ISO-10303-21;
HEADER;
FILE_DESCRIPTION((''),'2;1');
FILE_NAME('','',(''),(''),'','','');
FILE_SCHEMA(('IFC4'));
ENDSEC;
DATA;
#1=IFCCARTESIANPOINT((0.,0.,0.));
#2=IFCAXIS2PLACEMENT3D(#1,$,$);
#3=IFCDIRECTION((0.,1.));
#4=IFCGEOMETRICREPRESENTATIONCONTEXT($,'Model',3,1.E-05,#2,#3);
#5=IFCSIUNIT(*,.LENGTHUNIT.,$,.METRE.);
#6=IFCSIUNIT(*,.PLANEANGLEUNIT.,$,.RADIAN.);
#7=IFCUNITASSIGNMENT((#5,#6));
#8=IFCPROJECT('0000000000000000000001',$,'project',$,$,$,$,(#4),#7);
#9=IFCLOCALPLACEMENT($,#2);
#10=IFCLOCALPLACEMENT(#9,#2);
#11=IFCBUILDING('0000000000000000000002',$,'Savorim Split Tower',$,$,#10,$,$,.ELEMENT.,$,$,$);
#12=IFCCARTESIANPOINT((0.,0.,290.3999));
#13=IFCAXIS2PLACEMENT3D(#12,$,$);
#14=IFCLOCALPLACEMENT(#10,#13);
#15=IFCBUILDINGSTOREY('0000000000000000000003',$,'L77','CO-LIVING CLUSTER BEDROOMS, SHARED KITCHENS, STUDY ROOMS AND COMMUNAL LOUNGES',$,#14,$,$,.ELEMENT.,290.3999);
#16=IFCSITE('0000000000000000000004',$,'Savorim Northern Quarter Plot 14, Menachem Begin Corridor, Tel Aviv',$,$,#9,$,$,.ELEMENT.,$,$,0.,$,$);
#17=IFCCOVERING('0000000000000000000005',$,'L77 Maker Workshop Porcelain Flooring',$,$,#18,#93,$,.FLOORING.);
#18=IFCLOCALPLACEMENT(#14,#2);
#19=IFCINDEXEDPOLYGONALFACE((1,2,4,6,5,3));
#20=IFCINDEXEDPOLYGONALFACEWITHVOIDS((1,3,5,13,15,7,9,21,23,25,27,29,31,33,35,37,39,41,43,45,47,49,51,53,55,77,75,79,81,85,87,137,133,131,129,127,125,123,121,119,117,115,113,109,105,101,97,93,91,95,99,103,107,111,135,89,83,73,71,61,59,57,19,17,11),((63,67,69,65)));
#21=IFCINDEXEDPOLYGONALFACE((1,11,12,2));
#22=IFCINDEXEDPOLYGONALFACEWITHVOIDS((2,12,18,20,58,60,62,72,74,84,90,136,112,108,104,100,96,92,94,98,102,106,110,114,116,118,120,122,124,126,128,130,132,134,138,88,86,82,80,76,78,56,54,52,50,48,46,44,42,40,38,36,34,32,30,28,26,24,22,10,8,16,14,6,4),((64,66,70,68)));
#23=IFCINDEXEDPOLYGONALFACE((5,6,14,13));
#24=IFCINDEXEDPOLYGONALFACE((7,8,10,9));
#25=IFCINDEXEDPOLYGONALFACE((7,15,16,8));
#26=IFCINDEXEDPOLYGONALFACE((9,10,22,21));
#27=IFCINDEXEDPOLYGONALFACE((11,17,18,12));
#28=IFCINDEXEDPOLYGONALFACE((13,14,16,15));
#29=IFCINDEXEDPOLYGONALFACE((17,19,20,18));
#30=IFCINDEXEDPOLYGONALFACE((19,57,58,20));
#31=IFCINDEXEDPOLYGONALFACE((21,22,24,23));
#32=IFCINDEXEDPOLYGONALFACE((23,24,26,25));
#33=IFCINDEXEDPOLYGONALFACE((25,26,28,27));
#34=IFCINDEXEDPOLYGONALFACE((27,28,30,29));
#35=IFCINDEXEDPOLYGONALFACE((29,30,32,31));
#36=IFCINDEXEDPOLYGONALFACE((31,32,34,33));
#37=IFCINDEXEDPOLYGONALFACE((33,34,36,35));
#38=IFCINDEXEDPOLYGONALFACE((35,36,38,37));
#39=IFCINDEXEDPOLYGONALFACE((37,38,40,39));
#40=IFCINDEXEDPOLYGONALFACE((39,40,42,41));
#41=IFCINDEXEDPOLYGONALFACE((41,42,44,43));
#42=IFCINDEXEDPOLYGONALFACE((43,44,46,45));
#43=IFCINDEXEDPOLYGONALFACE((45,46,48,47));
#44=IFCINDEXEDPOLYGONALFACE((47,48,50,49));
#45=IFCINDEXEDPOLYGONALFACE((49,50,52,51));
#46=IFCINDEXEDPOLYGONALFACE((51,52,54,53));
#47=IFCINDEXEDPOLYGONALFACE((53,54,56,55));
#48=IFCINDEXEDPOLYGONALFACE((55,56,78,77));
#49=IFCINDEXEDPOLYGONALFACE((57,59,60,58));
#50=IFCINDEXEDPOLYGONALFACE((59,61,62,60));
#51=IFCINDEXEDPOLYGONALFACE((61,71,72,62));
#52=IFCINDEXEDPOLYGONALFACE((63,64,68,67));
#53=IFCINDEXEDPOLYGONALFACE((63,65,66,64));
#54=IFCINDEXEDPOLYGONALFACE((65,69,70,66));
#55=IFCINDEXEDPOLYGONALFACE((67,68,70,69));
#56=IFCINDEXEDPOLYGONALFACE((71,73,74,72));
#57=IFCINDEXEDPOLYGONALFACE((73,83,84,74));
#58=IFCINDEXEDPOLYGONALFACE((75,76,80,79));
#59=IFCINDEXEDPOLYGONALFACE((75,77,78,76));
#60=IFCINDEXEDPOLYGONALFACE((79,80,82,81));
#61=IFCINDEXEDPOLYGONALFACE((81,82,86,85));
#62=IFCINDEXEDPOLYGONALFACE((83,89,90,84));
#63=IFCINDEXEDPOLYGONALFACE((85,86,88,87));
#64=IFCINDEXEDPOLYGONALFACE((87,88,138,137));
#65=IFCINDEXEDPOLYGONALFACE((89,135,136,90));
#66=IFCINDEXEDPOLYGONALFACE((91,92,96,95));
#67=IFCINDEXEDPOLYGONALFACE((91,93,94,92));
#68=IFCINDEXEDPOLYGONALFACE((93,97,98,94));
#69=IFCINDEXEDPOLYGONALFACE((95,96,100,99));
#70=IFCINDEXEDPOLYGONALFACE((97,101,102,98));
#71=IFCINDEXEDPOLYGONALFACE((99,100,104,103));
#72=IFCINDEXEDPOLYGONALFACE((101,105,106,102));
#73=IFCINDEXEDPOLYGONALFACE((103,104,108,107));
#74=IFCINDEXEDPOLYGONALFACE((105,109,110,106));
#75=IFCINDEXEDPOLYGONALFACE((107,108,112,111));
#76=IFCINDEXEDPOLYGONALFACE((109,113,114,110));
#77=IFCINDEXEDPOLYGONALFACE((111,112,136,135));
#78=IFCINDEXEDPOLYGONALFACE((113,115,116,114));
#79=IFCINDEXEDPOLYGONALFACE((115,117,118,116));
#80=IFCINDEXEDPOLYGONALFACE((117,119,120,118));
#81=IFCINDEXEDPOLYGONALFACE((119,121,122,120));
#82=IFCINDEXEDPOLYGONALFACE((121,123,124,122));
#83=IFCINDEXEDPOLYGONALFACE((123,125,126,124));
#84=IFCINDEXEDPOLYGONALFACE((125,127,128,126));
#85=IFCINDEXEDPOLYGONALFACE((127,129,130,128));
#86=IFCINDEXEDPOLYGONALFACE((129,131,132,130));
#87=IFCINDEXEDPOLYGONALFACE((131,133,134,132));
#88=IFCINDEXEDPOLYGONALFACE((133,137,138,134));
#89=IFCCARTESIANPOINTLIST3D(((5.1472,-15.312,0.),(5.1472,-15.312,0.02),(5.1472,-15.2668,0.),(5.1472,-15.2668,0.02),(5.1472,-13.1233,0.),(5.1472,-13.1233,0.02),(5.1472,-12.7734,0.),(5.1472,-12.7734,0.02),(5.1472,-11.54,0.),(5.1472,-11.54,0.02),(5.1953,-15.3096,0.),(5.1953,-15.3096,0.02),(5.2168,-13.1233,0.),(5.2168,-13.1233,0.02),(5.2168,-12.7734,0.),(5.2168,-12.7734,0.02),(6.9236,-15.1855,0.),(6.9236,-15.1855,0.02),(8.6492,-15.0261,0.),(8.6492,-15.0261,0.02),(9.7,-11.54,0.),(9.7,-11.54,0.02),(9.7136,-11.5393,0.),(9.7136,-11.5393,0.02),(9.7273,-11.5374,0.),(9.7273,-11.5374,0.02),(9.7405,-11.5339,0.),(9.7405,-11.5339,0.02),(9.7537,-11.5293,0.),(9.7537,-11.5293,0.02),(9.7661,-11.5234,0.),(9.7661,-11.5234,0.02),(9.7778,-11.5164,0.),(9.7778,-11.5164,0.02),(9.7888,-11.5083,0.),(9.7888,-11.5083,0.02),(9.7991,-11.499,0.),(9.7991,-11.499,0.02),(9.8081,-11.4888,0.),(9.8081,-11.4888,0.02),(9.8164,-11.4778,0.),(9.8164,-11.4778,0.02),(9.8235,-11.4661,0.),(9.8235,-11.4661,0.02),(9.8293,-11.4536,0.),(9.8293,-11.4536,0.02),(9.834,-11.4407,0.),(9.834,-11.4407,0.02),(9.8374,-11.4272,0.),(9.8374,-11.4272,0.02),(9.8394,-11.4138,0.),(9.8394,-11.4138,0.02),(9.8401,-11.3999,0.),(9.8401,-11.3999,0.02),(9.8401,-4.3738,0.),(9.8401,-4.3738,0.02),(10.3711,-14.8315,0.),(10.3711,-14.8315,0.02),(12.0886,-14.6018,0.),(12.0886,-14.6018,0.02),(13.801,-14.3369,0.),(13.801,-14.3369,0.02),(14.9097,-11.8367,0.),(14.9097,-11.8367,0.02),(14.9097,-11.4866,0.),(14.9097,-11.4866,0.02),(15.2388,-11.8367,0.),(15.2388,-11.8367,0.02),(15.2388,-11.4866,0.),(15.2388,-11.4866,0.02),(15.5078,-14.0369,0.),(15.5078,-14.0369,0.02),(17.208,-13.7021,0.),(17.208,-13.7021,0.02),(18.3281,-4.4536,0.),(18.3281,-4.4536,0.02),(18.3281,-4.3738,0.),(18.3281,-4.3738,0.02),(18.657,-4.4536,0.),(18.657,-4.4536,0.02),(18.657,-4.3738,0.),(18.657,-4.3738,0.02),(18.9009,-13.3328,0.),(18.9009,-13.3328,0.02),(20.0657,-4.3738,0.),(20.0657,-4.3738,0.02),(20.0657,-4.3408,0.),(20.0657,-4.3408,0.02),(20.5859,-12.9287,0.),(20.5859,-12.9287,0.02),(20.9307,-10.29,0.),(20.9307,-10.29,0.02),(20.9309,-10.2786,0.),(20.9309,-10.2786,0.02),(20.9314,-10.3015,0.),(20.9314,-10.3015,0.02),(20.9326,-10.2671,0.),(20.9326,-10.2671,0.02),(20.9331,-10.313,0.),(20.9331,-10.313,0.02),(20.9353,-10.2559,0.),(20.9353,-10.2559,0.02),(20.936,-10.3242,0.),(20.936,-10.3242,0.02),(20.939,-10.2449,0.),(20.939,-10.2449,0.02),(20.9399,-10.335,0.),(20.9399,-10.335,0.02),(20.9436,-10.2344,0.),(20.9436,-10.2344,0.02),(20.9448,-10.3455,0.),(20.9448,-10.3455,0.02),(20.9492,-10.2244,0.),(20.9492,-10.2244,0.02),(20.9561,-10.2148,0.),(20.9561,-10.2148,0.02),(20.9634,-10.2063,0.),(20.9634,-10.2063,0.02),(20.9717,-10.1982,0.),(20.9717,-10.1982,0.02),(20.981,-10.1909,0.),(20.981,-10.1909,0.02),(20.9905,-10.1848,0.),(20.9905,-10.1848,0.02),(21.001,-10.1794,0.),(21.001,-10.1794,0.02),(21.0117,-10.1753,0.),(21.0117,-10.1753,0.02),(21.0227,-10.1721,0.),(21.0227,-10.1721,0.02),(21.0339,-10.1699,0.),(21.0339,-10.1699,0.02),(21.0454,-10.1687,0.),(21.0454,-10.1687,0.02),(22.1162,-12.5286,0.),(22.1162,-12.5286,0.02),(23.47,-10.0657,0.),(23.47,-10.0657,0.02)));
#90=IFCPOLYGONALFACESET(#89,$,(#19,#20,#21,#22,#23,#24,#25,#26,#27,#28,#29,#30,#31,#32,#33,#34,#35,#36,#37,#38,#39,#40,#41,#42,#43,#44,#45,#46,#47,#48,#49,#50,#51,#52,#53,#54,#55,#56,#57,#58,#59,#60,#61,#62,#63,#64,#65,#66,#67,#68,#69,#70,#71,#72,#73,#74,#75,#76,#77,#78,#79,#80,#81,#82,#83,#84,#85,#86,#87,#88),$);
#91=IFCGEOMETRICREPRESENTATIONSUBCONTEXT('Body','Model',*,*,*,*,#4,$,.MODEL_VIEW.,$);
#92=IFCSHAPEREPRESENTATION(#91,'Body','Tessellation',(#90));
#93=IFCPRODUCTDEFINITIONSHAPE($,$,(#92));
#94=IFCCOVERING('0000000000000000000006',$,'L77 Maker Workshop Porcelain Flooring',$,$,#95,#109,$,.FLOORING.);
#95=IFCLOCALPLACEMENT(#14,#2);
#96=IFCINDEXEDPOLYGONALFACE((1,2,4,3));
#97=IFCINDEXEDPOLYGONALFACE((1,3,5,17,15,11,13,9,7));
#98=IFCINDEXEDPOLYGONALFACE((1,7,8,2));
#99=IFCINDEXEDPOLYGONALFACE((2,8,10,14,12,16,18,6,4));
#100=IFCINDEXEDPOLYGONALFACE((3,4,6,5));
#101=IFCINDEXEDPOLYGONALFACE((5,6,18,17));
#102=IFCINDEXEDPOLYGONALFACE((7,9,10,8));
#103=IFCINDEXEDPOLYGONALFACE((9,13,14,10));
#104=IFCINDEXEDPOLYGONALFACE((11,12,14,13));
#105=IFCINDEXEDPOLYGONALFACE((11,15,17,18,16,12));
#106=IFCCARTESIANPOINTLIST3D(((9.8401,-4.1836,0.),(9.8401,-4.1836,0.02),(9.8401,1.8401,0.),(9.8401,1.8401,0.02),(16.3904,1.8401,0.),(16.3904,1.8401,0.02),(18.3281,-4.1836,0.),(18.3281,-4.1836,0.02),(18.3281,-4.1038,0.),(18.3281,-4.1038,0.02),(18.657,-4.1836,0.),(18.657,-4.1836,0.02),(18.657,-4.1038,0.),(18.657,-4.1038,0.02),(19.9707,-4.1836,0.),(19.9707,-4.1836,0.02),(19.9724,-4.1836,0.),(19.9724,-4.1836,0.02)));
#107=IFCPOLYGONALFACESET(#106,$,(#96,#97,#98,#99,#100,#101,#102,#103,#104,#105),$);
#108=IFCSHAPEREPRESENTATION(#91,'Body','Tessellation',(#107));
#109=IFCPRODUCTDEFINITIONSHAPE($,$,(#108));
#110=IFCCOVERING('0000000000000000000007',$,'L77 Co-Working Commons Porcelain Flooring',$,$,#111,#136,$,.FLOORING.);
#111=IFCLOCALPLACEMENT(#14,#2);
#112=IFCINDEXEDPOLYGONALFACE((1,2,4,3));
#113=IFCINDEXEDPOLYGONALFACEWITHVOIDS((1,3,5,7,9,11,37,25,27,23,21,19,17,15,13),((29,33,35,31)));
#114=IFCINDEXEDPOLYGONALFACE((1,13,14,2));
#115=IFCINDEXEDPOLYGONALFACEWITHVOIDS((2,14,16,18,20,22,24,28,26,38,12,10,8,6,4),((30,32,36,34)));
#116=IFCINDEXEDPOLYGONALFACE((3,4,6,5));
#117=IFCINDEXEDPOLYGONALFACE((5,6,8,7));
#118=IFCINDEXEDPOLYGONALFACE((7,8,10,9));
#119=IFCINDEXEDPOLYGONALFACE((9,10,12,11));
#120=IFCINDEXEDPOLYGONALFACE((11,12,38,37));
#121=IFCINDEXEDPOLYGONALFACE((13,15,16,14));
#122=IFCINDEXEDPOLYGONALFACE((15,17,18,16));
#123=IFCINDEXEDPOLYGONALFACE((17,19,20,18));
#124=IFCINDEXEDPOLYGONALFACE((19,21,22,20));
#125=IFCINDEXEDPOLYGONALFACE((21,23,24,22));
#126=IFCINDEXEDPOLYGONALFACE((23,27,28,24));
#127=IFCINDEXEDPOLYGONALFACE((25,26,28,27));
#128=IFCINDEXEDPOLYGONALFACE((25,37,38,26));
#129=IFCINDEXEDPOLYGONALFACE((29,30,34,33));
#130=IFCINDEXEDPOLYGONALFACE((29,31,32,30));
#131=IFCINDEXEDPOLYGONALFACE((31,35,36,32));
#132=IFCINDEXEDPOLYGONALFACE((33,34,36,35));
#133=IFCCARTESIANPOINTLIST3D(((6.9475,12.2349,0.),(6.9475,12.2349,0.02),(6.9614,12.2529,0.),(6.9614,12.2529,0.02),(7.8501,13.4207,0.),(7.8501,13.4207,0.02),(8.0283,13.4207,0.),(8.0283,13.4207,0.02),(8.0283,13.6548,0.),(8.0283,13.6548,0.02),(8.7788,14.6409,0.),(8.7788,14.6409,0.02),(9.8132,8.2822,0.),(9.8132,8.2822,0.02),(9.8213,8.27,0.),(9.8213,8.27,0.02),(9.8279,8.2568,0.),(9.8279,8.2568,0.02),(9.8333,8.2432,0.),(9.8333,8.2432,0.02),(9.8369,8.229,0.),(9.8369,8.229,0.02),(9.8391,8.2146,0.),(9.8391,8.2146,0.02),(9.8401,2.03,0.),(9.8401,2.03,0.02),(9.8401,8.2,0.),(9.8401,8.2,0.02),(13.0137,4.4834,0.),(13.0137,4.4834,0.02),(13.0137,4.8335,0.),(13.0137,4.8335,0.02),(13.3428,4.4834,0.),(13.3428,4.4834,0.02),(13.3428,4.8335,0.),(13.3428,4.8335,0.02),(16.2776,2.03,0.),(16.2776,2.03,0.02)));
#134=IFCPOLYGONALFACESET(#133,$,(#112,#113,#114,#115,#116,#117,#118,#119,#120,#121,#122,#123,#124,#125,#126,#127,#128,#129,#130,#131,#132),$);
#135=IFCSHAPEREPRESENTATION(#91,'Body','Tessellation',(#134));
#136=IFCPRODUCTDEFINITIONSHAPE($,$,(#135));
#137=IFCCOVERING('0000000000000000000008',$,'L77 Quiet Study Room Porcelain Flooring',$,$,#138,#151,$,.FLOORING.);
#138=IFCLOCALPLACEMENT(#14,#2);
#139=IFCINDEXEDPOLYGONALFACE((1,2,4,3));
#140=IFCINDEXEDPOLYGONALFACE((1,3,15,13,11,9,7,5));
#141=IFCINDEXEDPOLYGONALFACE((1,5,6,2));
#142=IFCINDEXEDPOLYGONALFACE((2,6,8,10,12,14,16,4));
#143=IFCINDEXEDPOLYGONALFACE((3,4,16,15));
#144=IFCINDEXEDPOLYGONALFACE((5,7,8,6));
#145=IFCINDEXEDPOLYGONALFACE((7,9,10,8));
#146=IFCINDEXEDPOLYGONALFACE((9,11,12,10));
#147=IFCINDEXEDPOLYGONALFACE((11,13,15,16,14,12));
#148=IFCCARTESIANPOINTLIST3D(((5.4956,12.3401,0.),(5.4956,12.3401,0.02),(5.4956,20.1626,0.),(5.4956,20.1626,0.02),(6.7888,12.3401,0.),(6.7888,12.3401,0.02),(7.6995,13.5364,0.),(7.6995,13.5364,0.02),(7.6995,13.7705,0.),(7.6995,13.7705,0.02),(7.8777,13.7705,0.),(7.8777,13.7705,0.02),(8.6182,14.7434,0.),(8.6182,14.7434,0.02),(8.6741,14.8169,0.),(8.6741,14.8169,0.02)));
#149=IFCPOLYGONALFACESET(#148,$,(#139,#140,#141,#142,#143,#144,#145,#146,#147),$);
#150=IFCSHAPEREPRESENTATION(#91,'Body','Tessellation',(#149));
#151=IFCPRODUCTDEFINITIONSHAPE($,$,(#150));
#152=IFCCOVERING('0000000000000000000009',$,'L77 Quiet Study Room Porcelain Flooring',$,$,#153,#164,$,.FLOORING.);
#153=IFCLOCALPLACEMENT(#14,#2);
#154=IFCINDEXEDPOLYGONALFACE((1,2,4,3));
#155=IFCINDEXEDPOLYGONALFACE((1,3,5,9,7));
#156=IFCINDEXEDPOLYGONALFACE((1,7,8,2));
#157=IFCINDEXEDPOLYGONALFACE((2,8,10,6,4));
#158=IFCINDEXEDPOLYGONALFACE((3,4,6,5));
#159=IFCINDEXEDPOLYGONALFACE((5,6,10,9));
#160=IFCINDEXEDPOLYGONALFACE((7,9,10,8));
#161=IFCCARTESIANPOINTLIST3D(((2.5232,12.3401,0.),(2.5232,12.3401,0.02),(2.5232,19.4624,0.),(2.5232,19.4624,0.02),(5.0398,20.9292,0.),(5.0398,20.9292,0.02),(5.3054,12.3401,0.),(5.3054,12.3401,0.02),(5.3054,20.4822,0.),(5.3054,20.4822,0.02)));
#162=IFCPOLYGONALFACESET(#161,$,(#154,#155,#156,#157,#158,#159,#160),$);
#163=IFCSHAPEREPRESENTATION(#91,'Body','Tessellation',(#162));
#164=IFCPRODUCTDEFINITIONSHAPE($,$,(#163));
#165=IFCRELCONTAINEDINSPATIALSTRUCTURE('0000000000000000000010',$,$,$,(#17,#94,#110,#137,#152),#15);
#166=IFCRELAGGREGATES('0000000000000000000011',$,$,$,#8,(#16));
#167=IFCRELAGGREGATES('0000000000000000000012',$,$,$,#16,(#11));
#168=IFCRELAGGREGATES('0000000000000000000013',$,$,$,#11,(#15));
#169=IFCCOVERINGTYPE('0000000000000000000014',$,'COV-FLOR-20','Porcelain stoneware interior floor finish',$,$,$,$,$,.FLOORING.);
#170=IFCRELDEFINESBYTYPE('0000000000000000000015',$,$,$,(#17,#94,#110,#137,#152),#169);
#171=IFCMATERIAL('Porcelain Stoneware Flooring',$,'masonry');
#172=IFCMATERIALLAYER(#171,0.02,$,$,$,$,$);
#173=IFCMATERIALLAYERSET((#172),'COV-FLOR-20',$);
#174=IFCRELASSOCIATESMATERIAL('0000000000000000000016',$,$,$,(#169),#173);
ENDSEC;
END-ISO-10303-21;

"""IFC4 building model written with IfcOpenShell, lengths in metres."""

from ifc_helpers import new_model, si_unit, direction, frame, origin, place, context, subcontext, project, spatial, polyline, outline, extrude, material, layer, layer_set, type_object, element, save


model = new_model("IFC4")

# Units and contexts
model_context = context("Model", 3, precision=1e-05, world=origin(), true_north=direction((0.0, 1.0)))
body_context = subcontext(model_context, "Body", "Model", "MODEL_VIEW")
ifc_project = project(units=[si_unit("LENGTHUNIT", "METRE"), si_unit("PLANEANGLEUNIT", "RADIAN")], contexts=[model_context])

# Site, building, storey
site_placement = place(None, origin())
site = spatial("IfcSite", under=ifc_project, at=site_placement, Name="Savorim Northern Quarter Plot 14, Menachem Begin Corridor, Tel Aviv", CompositionType="ELEMENT", RefElevation=0.0)
building_placement = place(site_placement, origin())
building = spatial("IfcBuilding", under=site, at=building_placement, Name="Savorim Split Tower", CompositionType="ELEMENT")
storey_placement = place(building_placement, frame((0.0, 0.0, 290.3999)))
storey = spatial("IfcBuildingStorey", under=building, at=storey_placement, Name="L77", Description="CO-LIVING CLUSTER BEDROOMS, SHARED KITCHENS, STUDY ROOMS AND COMMUNAL LOUNGES", CompositionType="ELEMENT", Elevation=290.3999)

# Coverings
ifc_material_1 = material(Name="Porcelain Stoneware Flooring", Category="masonry")
ifc_layer_1 = layer(ifc_material_1, 0.02)
ifc_layer_set_1 = layer_set([ifc_layer_1], Name="COV-FLOR-20")
covering_type_1 = type_object("IfcCoveringType", Name="COV-FLOR-20", Description="Porcelain stoneware interior floor finish", PredefinedType="FLOORING", material=ifc_layer_set_1)
covering_1_placement = place(storey_placement, origin())
element("IfcCovering", 1, at=covering_1_placement, inside=storey, type_object=covering_type_1, Name="L77 Maker Workshop Porcelain Flooring", PredefinedType="FLOORING", context=body_context, shape_type="SweptSolid", body=[
    extrude(outline(polyline([(21.0227, -10.1721), (21.0339, -10.1699), (21.0454, -10.1687), (23.47, -10.0657), (20.0657, -4.3408), (20.0657, -4.3738), (18.657, -4.3738), (18.657, -4.4536), (18.3281, -4.4536), (18.3281, -4.3738), (9.8401, -4.3738), (9.8401, -11.3999), (9.8394, -11.4138), (9.8374, -11.4272), (9.834, -11.4407), (9.8293, -11.4536), (9.8235, -11.4661), (9.8164, -11.4778), (9.8081, -11.4888), (9.7991, -11.499), (9.7888, -11.5083), (9.7778, -11.5164), (9.7661, -11.5234), (9.7537, -11.5293), (9.7405, -11.5339), (9.7273, -11.5374), (9.7136, -11.5393), (9.7, -11.54), (5.1472, -11.54), (5.1472, -12.7734), (5.2168, -12.7734), (5.2168, -13.1233), (5.1472, -13.1233), (5.1472, -15.2668), (5.1472, -15.312), (5.1953, -15.3096), (6.9236, -15.1855), (8.6492, -15.0261), (10.3711, -14.8315), (12.0886, -14.6018), (13.801, -14.3369), (15.5078, -14.0369), (17.208, -13.7021), (18.9009, -13.3328), (20.5859, -12.9287), (22.1162, -12.5286), (20.9448, -10.3455), (20.9399, -10.335), (20.936, -10.3242), (20.9331, -10.313), (20.9314, -10.3015), (20.9307, -10.29), (20.9309, -10.2786), (20.9326, -10.2671), (20.9353, -10.2559), (20.939, -10.2449), (20.9436, -10.2344), (20.9492, -10.2244), (20.9561, -10.2148), (20.9634, -10.2063), (20.9717, -10.1982), (20.981, -10.1909), (20.9905, -10.1848), (21.001, -10.1794), (21.0117, -10.1753), (21.0227, -10.1721)]), holes=[polyline([(15.2388, -11.8367), (15.2388, -11.4866), (14.9097, -11.4866), (14.9097, -11.8367), (15.2388, -11.8367)])]), origin(), (0.0, 0.0, 1.0), 0.02),
])
covering_2_placement = place(storey_placement, origin())
element("IfcCovering", 2, at=covering_2_placement, inside=storey, type_object=covering_type_1, Name="L77 Maker Workshop Porcelain Flooring", PredefinedType="FLOORING", context=body_context, shape_type="SweptSolid", body=[
    extrude(outline(polyline([(18.657, -4.1038), (18.657, -4.1836), (19.9707, -4.1836), (19.9724, -4.1836), (16.3904, 1.8401), (9.8401, 1.8401), (9.8401, -4.1836), (18.3281, -4.1836), (18.3281, -4.1038), (18.657, -4.1038)])), origin(), (0.0, 0.0, 1.0), 0.02),
])
covering_3_placement = place(storey_placement, origin())
element("IfcCovering", 3, at=covering_3_placement, inside=storey, type_object=covering_type_1, Name="L77 Co-Working Commons Porcelain Flooring", PredefinedType="FLOORING", context=body_context, shape_type="SweptSolid", body=[
    extrude(outline(polyline([(9.8369, 8.229), (9.8391, 8.2146), (9.8401, 8.2), (9.8401, 2.03), (16.2776, 2.03), (8.7788, 14.6409), (8.0283, 13.6548), (8.0283, 13.4207), (7.8501, 13.4207), (6.9614, 12.2529), (6.9475, 12.2349), (9.8132, 8.2822), (9.8213, 8.27), (9.8279, 8.2568), (9.8333, 8.2432), (9.8369, 8.229)]), holes=[polyline([(13.3428, 4.4834), (13.3428, 4.8335), (13.0137, 4.8335), (13.0137, 4.4834), (13.3428, 4.4834)])]), origin(), (0.0, 0.0, 1.0), 0.02),
])
covering_4_placement = place(storey_placement, origin())
element("IfcCovering", 4, at=covering_4_placement, inside=storey, type_object=covering_type_1, Name="L77 Quiet Study Room Porcelain Flooring", PredefinedType="FLOORING", context=body_context, shape_type="SweptSolid", body=[
    extrude(outline(polyline([(7.8777, 13.7705), (8.6182, 14.7434), (8.6741, 14.8169), (5.4956, 20.1626), (5.4956, 12.3401), (6.7888, 12.3401), (7.6995, 13.5364), (7.6995, 13.7705), (7.8777, 13.7705)])), origin(), (0.0, 0.0, 1.0), 0.02),
])
covering_5_placement = place(storey_placement, origin())
element("IfcCovering", 5, at=covering_5_placement, inside=storey, type_object=covering_type_1, Name="L77 Quiet Study Room Porcelain Flooring", PredefinedType="FLOORING", context=body_context, shape_type="SweptSolid", body=[
    extrude(outline(polyline([(5.3054, 12.3401), (5.3054, 20.4822), (5.0398, 20.9292), (2.5232, 19.4624), (2.5232, 12.3401), (5.3054, 12.3401)])), origin(), (0.0, 0.0, 1.0), 0.02),
])

save(model, "model.ifc")
